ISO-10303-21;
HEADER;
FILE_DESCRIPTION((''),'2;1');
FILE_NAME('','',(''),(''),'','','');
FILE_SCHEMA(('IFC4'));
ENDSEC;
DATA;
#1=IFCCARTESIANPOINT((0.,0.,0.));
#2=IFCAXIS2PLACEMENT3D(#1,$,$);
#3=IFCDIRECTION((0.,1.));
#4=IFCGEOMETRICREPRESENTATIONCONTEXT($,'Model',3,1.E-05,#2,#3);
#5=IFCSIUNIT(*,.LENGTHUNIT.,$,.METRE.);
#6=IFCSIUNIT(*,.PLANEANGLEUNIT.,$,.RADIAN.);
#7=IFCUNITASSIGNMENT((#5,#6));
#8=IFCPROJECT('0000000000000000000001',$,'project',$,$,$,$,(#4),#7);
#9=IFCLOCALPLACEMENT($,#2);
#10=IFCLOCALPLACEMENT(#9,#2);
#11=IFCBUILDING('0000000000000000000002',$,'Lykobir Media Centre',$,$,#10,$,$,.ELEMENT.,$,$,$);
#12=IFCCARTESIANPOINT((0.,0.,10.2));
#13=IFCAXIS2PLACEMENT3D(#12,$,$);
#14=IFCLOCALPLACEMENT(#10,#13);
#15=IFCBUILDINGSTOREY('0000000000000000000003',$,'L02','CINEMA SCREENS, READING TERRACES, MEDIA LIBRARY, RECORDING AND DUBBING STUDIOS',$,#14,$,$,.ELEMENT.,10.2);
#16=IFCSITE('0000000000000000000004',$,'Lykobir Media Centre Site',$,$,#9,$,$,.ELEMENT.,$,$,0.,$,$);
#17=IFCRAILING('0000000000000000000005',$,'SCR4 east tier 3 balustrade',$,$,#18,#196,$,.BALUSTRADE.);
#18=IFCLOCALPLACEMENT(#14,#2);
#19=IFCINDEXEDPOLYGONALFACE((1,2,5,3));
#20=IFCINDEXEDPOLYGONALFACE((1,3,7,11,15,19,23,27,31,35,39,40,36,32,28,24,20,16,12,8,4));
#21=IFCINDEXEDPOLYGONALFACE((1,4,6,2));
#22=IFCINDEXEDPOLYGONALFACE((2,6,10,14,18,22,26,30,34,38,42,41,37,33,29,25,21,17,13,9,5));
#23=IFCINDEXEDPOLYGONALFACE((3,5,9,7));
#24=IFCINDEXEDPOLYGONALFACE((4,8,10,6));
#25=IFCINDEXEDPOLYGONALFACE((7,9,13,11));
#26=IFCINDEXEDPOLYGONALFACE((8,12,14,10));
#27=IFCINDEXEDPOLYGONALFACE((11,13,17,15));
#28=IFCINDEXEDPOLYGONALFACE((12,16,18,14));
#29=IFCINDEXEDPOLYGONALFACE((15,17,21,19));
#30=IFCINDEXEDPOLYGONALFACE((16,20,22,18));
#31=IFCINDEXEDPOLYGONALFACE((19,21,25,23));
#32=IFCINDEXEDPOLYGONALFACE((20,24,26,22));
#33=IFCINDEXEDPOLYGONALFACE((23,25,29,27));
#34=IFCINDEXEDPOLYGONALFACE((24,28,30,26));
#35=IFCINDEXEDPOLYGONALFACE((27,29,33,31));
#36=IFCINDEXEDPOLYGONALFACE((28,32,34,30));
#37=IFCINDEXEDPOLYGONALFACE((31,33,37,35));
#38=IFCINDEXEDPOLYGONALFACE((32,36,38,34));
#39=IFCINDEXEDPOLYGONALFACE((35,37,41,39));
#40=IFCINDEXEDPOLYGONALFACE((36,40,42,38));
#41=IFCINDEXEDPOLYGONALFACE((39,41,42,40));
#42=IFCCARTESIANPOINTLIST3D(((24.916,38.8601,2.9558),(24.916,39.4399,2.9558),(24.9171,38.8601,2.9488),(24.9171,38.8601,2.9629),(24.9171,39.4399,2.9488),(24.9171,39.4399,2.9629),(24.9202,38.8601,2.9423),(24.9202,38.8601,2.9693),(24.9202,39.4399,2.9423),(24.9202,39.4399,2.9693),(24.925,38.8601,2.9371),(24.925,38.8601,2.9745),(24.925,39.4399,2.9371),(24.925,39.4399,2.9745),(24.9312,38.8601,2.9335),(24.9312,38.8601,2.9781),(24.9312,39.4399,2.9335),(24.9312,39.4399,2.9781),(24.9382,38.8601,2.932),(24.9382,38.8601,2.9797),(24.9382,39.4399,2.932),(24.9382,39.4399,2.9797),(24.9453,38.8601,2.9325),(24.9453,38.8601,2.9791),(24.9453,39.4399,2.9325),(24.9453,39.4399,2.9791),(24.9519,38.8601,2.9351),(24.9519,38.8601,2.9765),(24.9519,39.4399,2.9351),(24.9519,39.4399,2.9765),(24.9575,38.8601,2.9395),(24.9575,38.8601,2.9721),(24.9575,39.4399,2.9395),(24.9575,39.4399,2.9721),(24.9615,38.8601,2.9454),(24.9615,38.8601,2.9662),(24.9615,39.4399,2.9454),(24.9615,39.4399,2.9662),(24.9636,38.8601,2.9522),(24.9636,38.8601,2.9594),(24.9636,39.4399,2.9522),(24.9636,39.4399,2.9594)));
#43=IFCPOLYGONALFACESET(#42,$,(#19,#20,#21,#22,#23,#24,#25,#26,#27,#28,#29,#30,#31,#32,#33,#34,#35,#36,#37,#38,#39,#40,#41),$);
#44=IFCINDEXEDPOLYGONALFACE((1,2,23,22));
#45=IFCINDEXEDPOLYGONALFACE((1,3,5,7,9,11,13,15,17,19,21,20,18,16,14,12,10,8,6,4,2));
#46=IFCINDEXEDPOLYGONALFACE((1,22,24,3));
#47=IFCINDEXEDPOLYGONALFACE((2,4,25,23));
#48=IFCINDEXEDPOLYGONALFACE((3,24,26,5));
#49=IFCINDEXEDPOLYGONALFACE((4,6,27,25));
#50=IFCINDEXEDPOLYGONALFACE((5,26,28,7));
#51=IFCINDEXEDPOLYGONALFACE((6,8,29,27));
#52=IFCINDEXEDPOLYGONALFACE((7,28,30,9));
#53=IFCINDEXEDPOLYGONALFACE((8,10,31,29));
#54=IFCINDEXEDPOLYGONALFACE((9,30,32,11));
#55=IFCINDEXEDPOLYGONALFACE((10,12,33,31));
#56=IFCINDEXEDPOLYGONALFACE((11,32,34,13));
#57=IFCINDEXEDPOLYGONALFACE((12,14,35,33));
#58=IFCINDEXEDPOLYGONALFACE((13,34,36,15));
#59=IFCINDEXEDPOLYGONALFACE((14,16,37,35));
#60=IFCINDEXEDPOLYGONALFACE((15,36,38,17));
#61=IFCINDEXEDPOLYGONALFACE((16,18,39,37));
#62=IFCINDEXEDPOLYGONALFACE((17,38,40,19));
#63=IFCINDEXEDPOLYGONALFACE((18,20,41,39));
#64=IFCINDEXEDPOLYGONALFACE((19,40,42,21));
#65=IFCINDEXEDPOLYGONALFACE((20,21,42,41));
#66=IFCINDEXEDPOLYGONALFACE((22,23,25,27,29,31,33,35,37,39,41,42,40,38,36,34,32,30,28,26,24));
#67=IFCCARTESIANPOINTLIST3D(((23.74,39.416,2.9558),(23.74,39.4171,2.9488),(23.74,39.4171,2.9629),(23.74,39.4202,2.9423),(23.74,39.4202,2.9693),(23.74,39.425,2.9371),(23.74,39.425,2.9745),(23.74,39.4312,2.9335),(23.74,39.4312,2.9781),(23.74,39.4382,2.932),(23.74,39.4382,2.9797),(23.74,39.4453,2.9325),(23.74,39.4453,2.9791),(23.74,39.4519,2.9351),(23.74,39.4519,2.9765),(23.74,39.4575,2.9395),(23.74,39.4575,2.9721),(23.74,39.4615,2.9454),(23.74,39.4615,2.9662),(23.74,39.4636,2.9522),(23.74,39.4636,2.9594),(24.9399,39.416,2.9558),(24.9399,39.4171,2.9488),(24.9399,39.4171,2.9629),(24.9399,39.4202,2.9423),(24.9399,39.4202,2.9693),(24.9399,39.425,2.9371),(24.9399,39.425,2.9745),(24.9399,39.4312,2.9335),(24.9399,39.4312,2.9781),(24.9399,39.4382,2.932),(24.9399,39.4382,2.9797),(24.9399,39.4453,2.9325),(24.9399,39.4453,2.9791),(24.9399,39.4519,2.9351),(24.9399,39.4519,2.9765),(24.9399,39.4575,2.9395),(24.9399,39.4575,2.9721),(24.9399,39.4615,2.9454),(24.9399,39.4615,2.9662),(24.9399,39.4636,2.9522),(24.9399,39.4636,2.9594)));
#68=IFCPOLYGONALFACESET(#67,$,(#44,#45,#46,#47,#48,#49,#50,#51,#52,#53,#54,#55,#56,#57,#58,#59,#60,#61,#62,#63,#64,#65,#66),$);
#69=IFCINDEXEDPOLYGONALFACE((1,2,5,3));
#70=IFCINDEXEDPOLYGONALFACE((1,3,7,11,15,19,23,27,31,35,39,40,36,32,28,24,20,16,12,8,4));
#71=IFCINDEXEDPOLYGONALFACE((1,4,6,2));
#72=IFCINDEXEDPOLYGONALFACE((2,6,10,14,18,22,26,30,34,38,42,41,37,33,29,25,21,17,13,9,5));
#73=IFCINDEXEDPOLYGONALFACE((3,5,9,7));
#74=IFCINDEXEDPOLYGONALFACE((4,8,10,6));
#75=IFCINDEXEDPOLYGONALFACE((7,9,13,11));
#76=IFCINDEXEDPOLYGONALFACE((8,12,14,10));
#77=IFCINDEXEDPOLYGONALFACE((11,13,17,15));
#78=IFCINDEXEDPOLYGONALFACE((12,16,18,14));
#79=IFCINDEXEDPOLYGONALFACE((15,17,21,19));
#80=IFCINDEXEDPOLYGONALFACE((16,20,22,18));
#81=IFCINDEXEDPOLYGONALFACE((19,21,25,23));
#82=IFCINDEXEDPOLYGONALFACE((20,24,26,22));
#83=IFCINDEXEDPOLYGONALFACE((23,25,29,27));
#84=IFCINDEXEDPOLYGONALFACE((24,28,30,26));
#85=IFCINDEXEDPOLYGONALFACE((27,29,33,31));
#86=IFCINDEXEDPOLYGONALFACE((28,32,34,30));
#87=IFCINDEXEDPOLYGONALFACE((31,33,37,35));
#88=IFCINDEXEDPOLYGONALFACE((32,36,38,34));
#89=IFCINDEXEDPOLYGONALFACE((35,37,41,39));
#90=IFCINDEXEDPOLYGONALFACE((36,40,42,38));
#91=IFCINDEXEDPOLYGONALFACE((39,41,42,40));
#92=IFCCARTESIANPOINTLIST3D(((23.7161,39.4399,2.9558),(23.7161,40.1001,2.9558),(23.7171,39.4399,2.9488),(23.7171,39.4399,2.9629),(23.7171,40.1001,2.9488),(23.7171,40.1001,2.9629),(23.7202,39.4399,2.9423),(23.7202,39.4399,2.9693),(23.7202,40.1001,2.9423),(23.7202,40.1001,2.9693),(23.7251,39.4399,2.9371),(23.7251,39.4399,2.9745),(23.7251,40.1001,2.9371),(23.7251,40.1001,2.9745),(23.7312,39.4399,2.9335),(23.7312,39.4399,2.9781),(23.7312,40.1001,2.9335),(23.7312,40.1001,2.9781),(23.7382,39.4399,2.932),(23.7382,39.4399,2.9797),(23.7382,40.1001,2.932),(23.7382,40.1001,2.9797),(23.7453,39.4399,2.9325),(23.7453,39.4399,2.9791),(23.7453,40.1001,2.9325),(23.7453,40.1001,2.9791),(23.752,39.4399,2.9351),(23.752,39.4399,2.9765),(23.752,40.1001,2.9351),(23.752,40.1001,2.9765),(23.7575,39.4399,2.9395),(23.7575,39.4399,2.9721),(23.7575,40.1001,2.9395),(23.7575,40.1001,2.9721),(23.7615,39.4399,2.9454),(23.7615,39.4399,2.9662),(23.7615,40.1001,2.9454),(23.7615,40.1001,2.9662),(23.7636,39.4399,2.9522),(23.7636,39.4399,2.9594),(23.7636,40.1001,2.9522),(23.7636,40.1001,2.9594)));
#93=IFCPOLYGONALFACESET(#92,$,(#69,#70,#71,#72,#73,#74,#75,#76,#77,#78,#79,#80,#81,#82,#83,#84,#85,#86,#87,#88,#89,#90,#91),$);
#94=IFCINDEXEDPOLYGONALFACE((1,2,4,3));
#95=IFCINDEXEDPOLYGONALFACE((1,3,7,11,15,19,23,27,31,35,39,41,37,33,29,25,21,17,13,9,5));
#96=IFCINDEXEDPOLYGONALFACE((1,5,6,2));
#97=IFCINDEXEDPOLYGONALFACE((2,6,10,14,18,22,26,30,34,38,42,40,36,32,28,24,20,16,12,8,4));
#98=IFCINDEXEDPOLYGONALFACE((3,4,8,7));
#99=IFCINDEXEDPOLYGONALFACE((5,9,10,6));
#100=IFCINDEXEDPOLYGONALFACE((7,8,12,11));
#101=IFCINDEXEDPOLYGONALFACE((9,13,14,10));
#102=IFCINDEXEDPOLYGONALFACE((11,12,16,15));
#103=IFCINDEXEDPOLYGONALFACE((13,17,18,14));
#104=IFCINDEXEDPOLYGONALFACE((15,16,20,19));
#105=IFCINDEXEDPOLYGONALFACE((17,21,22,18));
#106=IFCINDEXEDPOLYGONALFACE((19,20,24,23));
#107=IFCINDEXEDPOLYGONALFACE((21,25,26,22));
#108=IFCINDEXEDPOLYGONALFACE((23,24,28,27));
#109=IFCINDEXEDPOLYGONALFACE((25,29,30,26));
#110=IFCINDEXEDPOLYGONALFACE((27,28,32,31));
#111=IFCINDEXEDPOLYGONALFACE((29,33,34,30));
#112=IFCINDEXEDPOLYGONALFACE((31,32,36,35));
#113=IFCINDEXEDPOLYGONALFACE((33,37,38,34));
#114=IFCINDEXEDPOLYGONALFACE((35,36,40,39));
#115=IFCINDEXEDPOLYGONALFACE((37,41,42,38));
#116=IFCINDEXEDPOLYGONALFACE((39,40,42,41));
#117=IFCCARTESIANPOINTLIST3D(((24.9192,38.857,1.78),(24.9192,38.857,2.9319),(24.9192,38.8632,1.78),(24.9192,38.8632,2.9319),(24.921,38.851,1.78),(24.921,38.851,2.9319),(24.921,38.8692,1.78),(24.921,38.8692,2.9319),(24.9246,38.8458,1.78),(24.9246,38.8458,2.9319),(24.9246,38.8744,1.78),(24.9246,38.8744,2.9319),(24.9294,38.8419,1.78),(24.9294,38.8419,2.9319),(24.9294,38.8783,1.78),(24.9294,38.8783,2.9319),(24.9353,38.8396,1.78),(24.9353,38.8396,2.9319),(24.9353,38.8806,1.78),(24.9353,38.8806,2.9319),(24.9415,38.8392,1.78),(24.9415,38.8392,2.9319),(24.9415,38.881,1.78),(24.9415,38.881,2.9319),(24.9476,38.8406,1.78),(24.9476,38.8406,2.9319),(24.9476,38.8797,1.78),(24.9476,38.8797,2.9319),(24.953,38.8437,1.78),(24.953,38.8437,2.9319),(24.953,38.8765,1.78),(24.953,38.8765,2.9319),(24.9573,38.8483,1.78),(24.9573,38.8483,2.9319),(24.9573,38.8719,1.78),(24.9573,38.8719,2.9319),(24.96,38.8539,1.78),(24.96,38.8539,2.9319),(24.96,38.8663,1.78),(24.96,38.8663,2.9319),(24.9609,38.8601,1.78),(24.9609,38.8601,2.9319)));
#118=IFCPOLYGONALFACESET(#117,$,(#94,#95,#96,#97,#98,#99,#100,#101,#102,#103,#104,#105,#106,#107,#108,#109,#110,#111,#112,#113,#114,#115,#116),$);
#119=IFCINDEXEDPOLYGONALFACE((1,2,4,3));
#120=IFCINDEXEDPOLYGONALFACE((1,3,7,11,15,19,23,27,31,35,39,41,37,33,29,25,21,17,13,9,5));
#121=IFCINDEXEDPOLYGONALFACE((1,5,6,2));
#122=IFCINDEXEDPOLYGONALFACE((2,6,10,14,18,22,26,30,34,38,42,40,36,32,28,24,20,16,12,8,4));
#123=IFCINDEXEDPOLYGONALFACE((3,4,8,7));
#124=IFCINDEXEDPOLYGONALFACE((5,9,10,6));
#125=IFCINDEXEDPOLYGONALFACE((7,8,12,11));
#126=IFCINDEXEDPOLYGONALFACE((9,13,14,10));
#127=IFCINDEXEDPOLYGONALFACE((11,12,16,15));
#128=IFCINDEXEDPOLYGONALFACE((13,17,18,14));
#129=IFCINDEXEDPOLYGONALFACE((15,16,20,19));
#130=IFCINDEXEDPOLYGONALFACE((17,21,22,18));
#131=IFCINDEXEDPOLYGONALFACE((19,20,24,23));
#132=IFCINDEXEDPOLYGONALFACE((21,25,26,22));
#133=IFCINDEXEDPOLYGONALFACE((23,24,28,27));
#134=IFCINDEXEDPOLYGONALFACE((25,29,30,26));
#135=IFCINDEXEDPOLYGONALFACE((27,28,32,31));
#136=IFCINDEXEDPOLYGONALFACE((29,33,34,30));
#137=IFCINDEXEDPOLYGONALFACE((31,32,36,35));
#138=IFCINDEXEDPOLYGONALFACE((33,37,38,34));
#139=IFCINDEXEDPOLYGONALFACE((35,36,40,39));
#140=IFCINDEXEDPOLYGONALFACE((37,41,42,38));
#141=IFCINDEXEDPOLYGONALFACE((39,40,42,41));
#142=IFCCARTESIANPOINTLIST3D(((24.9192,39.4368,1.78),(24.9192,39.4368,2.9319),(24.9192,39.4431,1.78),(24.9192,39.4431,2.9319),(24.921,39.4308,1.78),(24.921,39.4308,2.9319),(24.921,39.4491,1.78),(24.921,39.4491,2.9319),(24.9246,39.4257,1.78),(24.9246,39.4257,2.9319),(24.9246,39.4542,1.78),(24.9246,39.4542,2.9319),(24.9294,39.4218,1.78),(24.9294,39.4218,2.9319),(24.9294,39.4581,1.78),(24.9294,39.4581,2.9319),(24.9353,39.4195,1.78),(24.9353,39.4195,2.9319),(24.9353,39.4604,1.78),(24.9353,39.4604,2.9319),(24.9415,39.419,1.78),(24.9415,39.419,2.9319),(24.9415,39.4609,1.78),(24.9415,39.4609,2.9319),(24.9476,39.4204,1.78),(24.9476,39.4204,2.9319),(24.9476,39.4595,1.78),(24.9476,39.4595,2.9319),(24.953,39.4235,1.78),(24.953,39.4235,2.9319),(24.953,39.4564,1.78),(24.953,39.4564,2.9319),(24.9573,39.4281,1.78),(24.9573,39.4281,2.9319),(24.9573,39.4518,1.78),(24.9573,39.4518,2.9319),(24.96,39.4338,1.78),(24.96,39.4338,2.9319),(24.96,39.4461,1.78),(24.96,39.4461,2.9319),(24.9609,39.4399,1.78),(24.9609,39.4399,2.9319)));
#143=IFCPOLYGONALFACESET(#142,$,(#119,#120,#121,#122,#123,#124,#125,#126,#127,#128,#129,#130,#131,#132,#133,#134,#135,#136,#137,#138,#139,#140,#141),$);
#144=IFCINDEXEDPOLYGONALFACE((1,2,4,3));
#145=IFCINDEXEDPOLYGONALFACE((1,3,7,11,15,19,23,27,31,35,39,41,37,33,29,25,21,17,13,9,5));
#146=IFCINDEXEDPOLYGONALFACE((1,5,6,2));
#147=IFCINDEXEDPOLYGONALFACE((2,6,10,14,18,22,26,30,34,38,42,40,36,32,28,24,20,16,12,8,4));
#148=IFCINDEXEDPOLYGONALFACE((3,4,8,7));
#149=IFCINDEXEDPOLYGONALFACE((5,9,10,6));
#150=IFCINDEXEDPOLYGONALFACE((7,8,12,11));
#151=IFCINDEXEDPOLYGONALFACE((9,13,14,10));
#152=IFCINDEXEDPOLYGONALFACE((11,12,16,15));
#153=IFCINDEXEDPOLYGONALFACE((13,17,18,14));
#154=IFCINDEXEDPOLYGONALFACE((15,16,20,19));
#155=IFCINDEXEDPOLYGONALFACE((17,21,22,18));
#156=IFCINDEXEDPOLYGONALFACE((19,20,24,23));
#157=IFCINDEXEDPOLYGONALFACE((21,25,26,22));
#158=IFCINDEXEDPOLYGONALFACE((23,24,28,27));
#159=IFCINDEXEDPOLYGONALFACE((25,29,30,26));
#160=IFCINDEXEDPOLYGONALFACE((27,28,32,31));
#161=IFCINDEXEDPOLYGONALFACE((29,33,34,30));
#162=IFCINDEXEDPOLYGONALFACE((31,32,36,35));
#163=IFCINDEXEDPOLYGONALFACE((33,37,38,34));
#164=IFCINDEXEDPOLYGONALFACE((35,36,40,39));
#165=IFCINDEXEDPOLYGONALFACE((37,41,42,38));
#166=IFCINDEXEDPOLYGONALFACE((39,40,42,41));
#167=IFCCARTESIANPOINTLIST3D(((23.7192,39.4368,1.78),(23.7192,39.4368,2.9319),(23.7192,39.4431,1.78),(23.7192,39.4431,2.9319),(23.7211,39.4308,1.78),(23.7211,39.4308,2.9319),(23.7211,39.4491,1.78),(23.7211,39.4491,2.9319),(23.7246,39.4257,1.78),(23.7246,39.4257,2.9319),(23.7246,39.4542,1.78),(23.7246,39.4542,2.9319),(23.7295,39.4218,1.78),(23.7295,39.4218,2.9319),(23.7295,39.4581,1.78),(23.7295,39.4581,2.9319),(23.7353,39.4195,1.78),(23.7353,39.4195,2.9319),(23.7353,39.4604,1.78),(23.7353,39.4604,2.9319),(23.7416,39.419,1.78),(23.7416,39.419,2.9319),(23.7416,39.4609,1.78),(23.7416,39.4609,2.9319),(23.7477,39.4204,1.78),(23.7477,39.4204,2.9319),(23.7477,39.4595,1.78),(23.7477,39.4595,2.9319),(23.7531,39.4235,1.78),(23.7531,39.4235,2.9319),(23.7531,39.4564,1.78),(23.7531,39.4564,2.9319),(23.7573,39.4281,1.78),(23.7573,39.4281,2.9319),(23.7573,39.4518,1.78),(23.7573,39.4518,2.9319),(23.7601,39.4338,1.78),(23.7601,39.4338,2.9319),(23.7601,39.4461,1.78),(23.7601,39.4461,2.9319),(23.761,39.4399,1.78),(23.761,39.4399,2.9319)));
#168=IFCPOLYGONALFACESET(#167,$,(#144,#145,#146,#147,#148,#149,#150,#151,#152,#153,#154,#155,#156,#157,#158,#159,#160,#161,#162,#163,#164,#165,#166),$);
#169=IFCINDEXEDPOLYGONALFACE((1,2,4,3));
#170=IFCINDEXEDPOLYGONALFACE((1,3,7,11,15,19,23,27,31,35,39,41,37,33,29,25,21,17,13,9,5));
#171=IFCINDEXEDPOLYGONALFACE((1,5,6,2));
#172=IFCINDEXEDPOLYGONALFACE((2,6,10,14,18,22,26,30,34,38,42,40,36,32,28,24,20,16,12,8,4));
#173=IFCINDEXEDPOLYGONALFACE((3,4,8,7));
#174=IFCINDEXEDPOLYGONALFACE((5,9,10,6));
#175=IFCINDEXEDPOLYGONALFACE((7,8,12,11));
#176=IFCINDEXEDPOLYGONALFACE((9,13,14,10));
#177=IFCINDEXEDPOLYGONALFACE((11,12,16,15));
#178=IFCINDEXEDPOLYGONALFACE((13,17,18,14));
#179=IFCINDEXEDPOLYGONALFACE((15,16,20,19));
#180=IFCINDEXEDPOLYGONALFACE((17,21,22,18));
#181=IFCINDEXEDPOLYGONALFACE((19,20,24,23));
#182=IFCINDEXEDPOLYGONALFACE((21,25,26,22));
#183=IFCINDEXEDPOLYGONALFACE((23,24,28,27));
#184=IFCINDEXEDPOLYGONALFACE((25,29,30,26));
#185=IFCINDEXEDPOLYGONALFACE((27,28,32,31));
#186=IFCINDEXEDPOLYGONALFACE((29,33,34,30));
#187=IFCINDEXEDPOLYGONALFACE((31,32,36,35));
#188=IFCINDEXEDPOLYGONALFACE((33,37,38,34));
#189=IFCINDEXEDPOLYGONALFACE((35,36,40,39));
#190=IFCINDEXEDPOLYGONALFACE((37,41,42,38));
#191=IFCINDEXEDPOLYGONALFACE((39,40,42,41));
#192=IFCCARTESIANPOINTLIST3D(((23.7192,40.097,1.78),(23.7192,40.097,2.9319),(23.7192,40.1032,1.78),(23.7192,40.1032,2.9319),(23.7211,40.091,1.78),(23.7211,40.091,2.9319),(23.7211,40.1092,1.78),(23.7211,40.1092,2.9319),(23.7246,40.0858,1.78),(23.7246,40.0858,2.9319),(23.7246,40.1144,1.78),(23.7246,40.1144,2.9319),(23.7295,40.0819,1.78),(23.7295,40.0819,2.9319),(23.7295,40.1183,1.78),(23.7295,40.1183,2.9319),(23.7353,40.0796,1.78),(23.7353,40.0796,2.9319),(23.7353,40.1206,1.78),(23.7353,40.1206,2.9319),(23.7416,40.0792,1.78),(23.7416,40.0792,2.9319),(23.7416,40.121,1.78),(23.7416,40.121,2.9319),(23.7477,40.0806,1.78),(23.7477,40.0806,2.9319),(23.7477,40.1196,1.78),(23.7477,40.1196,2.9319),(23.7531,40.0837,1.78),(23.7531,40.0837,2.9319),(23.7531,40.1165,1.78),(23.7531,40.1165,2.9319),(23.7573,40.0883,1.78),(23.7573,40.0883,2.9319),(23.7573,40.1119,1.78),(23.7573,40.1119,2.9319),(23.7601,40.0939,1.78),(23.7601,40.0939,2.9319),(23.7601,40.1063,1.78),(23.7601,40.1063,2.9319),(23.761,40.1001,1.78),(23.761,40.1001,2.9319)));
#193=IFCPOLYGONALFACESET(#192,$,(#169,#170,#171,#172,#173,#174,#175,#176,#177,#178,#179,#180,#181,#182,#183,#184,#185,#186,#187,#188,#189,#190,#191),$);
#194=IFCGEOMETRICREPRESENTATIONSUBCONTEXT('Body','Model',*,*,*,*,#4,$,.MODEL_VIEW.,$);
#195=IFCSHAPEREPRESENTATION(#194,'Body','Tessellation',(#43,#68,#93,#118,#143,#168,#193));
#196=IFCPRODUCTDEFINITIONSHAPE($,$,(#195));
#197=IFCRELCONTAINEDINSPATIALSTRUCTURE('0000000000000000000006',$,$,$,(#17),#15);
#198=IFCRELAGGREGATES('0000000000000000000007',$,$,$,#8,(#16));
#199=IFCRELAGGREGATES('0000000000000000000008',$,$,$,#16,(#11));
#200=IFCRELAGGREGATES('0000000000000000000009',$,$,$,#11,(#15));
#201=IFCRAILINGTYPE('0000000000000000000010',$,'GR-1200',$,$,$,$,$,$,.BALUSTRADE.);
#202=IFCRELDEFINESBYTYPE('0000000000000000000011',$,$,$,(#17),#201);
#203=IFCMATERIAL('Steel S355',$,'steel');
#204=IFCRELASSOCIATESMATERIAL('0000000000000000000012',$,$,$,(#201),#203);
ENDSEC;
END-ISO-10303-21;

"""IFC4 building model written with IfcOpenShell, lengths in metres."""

from ifc_helpers import new_model, si_unit, direction, frame, origin, origin_2d, place, context, subcontext, project, spatial, circle, extrude, material, type_object, element, save


model = new_model("IFC4")

# Units and contexts
model_context = context("Model", 3, precision=1e-05, world=origin(), true_north=direction((0.0, 1.0)))
body_context = subcontext(model_context, "Body", "Model", "MODEL_VIEW")
ifc_project = project(units=[si_unit("LENGTHUNIT", "METRE"), si_unit("PLANEANGLEUNIT", "RADIAN")], contexts=[model_context])

# Site, building, storey
site_placement = place(None, origin())
site = spatial("IfcSite", under=ifc_project, at=site_placement, Name="Lykobir Media Centre Site", CompositionType="ELEMENT", RefElevation=0.0)
building_placement = place(site_placement, origin())
building = spatial("IfcBuilding", under=site, at=building_placement, Name="Lykobir Media Centre", CompositionType="ELEMENT")
storey_placement = place(building_placement, frame((0.0, 0.0, 10.2)))
storey = spatial("IfcBuildingStorey", under=building, at=storey_placement, Name="L02", Description="CINEMA SCREENS, READING TERRACES, MEDIA LIBRARY, RECORDING AND DUBBING STUDIOS", CompositionType="ELEMENT", Elevation=10.2)

# Shared definitions
ifc_material_1 = material(Name="Steel S355", Category="steel")

# Railing
railing_type = type_object("IfcRailingType", Name="GR-1200", PredefinedType="BALUSTRADE", material=ifc_material_1)
railing_1_placement = place(storey_placement, frame((24.9399, 38.8601, 1.78)))
element("IfcRailing", 1, at=railing_1_placement, inside=storey, type_object=railing_type, Name="SCR4 east tier 3 balustrade", PredefinedType="BALUSTRADE", context=body_context, shape_type="SweptSolid", body=[
    extrude(circle(Radius=0.0239, at=origin_2d()), frame((0.0, 0.0, 1.1758), z_axis=(0.0, 1.0, 0.0), x_axis=(-1.0, 0.0, 0.0)), (0.0, 0.0, 1.0), 0.5798),
    extrude(circle(Radius=0.0239, at=origin_2d()), frame((0.0, 0.5798, 1.1758), z_axis=(-1.0, 0.0, 0.0), x_axis=(0.0, -1.0, 0.0)), (0.0, 0.0, 1.0), 1.2),
    extrude(circle(Radius=0.0239, at=origin_2d()), frame((-1.2, 0.5798, 1.1758), z_axis=(0.0, 1.0, 0.0), x_axis=(-1.0, 0.0, 0.0)), (0.0, 0.0, 1.0), 0.6602),
    extrude(circle(Radius=0.021, at=origin_2d()), origin(), (0.0, 0.0, 1.0), 1.1519),
    extrude(circle(Radius=0.021, at=origin_2d()), frame((0.0, 0.5798, 0.0)), (0.0, 0.0, 1.0), 1.1519),
    extrude(circle(Radius=0.021, at=origin_2d()), frame((-1.2, 0.5798, 0.0)), (0.0, 0.0, 1.0), 1.1519),
    extrude(circle(Radius=0.021, at=origin_2d()), frame((-1.2, 1.24, 0.0)), (0.0, 0.0, 1.0), 1.1519),
])

save(model, "model.ifc")
